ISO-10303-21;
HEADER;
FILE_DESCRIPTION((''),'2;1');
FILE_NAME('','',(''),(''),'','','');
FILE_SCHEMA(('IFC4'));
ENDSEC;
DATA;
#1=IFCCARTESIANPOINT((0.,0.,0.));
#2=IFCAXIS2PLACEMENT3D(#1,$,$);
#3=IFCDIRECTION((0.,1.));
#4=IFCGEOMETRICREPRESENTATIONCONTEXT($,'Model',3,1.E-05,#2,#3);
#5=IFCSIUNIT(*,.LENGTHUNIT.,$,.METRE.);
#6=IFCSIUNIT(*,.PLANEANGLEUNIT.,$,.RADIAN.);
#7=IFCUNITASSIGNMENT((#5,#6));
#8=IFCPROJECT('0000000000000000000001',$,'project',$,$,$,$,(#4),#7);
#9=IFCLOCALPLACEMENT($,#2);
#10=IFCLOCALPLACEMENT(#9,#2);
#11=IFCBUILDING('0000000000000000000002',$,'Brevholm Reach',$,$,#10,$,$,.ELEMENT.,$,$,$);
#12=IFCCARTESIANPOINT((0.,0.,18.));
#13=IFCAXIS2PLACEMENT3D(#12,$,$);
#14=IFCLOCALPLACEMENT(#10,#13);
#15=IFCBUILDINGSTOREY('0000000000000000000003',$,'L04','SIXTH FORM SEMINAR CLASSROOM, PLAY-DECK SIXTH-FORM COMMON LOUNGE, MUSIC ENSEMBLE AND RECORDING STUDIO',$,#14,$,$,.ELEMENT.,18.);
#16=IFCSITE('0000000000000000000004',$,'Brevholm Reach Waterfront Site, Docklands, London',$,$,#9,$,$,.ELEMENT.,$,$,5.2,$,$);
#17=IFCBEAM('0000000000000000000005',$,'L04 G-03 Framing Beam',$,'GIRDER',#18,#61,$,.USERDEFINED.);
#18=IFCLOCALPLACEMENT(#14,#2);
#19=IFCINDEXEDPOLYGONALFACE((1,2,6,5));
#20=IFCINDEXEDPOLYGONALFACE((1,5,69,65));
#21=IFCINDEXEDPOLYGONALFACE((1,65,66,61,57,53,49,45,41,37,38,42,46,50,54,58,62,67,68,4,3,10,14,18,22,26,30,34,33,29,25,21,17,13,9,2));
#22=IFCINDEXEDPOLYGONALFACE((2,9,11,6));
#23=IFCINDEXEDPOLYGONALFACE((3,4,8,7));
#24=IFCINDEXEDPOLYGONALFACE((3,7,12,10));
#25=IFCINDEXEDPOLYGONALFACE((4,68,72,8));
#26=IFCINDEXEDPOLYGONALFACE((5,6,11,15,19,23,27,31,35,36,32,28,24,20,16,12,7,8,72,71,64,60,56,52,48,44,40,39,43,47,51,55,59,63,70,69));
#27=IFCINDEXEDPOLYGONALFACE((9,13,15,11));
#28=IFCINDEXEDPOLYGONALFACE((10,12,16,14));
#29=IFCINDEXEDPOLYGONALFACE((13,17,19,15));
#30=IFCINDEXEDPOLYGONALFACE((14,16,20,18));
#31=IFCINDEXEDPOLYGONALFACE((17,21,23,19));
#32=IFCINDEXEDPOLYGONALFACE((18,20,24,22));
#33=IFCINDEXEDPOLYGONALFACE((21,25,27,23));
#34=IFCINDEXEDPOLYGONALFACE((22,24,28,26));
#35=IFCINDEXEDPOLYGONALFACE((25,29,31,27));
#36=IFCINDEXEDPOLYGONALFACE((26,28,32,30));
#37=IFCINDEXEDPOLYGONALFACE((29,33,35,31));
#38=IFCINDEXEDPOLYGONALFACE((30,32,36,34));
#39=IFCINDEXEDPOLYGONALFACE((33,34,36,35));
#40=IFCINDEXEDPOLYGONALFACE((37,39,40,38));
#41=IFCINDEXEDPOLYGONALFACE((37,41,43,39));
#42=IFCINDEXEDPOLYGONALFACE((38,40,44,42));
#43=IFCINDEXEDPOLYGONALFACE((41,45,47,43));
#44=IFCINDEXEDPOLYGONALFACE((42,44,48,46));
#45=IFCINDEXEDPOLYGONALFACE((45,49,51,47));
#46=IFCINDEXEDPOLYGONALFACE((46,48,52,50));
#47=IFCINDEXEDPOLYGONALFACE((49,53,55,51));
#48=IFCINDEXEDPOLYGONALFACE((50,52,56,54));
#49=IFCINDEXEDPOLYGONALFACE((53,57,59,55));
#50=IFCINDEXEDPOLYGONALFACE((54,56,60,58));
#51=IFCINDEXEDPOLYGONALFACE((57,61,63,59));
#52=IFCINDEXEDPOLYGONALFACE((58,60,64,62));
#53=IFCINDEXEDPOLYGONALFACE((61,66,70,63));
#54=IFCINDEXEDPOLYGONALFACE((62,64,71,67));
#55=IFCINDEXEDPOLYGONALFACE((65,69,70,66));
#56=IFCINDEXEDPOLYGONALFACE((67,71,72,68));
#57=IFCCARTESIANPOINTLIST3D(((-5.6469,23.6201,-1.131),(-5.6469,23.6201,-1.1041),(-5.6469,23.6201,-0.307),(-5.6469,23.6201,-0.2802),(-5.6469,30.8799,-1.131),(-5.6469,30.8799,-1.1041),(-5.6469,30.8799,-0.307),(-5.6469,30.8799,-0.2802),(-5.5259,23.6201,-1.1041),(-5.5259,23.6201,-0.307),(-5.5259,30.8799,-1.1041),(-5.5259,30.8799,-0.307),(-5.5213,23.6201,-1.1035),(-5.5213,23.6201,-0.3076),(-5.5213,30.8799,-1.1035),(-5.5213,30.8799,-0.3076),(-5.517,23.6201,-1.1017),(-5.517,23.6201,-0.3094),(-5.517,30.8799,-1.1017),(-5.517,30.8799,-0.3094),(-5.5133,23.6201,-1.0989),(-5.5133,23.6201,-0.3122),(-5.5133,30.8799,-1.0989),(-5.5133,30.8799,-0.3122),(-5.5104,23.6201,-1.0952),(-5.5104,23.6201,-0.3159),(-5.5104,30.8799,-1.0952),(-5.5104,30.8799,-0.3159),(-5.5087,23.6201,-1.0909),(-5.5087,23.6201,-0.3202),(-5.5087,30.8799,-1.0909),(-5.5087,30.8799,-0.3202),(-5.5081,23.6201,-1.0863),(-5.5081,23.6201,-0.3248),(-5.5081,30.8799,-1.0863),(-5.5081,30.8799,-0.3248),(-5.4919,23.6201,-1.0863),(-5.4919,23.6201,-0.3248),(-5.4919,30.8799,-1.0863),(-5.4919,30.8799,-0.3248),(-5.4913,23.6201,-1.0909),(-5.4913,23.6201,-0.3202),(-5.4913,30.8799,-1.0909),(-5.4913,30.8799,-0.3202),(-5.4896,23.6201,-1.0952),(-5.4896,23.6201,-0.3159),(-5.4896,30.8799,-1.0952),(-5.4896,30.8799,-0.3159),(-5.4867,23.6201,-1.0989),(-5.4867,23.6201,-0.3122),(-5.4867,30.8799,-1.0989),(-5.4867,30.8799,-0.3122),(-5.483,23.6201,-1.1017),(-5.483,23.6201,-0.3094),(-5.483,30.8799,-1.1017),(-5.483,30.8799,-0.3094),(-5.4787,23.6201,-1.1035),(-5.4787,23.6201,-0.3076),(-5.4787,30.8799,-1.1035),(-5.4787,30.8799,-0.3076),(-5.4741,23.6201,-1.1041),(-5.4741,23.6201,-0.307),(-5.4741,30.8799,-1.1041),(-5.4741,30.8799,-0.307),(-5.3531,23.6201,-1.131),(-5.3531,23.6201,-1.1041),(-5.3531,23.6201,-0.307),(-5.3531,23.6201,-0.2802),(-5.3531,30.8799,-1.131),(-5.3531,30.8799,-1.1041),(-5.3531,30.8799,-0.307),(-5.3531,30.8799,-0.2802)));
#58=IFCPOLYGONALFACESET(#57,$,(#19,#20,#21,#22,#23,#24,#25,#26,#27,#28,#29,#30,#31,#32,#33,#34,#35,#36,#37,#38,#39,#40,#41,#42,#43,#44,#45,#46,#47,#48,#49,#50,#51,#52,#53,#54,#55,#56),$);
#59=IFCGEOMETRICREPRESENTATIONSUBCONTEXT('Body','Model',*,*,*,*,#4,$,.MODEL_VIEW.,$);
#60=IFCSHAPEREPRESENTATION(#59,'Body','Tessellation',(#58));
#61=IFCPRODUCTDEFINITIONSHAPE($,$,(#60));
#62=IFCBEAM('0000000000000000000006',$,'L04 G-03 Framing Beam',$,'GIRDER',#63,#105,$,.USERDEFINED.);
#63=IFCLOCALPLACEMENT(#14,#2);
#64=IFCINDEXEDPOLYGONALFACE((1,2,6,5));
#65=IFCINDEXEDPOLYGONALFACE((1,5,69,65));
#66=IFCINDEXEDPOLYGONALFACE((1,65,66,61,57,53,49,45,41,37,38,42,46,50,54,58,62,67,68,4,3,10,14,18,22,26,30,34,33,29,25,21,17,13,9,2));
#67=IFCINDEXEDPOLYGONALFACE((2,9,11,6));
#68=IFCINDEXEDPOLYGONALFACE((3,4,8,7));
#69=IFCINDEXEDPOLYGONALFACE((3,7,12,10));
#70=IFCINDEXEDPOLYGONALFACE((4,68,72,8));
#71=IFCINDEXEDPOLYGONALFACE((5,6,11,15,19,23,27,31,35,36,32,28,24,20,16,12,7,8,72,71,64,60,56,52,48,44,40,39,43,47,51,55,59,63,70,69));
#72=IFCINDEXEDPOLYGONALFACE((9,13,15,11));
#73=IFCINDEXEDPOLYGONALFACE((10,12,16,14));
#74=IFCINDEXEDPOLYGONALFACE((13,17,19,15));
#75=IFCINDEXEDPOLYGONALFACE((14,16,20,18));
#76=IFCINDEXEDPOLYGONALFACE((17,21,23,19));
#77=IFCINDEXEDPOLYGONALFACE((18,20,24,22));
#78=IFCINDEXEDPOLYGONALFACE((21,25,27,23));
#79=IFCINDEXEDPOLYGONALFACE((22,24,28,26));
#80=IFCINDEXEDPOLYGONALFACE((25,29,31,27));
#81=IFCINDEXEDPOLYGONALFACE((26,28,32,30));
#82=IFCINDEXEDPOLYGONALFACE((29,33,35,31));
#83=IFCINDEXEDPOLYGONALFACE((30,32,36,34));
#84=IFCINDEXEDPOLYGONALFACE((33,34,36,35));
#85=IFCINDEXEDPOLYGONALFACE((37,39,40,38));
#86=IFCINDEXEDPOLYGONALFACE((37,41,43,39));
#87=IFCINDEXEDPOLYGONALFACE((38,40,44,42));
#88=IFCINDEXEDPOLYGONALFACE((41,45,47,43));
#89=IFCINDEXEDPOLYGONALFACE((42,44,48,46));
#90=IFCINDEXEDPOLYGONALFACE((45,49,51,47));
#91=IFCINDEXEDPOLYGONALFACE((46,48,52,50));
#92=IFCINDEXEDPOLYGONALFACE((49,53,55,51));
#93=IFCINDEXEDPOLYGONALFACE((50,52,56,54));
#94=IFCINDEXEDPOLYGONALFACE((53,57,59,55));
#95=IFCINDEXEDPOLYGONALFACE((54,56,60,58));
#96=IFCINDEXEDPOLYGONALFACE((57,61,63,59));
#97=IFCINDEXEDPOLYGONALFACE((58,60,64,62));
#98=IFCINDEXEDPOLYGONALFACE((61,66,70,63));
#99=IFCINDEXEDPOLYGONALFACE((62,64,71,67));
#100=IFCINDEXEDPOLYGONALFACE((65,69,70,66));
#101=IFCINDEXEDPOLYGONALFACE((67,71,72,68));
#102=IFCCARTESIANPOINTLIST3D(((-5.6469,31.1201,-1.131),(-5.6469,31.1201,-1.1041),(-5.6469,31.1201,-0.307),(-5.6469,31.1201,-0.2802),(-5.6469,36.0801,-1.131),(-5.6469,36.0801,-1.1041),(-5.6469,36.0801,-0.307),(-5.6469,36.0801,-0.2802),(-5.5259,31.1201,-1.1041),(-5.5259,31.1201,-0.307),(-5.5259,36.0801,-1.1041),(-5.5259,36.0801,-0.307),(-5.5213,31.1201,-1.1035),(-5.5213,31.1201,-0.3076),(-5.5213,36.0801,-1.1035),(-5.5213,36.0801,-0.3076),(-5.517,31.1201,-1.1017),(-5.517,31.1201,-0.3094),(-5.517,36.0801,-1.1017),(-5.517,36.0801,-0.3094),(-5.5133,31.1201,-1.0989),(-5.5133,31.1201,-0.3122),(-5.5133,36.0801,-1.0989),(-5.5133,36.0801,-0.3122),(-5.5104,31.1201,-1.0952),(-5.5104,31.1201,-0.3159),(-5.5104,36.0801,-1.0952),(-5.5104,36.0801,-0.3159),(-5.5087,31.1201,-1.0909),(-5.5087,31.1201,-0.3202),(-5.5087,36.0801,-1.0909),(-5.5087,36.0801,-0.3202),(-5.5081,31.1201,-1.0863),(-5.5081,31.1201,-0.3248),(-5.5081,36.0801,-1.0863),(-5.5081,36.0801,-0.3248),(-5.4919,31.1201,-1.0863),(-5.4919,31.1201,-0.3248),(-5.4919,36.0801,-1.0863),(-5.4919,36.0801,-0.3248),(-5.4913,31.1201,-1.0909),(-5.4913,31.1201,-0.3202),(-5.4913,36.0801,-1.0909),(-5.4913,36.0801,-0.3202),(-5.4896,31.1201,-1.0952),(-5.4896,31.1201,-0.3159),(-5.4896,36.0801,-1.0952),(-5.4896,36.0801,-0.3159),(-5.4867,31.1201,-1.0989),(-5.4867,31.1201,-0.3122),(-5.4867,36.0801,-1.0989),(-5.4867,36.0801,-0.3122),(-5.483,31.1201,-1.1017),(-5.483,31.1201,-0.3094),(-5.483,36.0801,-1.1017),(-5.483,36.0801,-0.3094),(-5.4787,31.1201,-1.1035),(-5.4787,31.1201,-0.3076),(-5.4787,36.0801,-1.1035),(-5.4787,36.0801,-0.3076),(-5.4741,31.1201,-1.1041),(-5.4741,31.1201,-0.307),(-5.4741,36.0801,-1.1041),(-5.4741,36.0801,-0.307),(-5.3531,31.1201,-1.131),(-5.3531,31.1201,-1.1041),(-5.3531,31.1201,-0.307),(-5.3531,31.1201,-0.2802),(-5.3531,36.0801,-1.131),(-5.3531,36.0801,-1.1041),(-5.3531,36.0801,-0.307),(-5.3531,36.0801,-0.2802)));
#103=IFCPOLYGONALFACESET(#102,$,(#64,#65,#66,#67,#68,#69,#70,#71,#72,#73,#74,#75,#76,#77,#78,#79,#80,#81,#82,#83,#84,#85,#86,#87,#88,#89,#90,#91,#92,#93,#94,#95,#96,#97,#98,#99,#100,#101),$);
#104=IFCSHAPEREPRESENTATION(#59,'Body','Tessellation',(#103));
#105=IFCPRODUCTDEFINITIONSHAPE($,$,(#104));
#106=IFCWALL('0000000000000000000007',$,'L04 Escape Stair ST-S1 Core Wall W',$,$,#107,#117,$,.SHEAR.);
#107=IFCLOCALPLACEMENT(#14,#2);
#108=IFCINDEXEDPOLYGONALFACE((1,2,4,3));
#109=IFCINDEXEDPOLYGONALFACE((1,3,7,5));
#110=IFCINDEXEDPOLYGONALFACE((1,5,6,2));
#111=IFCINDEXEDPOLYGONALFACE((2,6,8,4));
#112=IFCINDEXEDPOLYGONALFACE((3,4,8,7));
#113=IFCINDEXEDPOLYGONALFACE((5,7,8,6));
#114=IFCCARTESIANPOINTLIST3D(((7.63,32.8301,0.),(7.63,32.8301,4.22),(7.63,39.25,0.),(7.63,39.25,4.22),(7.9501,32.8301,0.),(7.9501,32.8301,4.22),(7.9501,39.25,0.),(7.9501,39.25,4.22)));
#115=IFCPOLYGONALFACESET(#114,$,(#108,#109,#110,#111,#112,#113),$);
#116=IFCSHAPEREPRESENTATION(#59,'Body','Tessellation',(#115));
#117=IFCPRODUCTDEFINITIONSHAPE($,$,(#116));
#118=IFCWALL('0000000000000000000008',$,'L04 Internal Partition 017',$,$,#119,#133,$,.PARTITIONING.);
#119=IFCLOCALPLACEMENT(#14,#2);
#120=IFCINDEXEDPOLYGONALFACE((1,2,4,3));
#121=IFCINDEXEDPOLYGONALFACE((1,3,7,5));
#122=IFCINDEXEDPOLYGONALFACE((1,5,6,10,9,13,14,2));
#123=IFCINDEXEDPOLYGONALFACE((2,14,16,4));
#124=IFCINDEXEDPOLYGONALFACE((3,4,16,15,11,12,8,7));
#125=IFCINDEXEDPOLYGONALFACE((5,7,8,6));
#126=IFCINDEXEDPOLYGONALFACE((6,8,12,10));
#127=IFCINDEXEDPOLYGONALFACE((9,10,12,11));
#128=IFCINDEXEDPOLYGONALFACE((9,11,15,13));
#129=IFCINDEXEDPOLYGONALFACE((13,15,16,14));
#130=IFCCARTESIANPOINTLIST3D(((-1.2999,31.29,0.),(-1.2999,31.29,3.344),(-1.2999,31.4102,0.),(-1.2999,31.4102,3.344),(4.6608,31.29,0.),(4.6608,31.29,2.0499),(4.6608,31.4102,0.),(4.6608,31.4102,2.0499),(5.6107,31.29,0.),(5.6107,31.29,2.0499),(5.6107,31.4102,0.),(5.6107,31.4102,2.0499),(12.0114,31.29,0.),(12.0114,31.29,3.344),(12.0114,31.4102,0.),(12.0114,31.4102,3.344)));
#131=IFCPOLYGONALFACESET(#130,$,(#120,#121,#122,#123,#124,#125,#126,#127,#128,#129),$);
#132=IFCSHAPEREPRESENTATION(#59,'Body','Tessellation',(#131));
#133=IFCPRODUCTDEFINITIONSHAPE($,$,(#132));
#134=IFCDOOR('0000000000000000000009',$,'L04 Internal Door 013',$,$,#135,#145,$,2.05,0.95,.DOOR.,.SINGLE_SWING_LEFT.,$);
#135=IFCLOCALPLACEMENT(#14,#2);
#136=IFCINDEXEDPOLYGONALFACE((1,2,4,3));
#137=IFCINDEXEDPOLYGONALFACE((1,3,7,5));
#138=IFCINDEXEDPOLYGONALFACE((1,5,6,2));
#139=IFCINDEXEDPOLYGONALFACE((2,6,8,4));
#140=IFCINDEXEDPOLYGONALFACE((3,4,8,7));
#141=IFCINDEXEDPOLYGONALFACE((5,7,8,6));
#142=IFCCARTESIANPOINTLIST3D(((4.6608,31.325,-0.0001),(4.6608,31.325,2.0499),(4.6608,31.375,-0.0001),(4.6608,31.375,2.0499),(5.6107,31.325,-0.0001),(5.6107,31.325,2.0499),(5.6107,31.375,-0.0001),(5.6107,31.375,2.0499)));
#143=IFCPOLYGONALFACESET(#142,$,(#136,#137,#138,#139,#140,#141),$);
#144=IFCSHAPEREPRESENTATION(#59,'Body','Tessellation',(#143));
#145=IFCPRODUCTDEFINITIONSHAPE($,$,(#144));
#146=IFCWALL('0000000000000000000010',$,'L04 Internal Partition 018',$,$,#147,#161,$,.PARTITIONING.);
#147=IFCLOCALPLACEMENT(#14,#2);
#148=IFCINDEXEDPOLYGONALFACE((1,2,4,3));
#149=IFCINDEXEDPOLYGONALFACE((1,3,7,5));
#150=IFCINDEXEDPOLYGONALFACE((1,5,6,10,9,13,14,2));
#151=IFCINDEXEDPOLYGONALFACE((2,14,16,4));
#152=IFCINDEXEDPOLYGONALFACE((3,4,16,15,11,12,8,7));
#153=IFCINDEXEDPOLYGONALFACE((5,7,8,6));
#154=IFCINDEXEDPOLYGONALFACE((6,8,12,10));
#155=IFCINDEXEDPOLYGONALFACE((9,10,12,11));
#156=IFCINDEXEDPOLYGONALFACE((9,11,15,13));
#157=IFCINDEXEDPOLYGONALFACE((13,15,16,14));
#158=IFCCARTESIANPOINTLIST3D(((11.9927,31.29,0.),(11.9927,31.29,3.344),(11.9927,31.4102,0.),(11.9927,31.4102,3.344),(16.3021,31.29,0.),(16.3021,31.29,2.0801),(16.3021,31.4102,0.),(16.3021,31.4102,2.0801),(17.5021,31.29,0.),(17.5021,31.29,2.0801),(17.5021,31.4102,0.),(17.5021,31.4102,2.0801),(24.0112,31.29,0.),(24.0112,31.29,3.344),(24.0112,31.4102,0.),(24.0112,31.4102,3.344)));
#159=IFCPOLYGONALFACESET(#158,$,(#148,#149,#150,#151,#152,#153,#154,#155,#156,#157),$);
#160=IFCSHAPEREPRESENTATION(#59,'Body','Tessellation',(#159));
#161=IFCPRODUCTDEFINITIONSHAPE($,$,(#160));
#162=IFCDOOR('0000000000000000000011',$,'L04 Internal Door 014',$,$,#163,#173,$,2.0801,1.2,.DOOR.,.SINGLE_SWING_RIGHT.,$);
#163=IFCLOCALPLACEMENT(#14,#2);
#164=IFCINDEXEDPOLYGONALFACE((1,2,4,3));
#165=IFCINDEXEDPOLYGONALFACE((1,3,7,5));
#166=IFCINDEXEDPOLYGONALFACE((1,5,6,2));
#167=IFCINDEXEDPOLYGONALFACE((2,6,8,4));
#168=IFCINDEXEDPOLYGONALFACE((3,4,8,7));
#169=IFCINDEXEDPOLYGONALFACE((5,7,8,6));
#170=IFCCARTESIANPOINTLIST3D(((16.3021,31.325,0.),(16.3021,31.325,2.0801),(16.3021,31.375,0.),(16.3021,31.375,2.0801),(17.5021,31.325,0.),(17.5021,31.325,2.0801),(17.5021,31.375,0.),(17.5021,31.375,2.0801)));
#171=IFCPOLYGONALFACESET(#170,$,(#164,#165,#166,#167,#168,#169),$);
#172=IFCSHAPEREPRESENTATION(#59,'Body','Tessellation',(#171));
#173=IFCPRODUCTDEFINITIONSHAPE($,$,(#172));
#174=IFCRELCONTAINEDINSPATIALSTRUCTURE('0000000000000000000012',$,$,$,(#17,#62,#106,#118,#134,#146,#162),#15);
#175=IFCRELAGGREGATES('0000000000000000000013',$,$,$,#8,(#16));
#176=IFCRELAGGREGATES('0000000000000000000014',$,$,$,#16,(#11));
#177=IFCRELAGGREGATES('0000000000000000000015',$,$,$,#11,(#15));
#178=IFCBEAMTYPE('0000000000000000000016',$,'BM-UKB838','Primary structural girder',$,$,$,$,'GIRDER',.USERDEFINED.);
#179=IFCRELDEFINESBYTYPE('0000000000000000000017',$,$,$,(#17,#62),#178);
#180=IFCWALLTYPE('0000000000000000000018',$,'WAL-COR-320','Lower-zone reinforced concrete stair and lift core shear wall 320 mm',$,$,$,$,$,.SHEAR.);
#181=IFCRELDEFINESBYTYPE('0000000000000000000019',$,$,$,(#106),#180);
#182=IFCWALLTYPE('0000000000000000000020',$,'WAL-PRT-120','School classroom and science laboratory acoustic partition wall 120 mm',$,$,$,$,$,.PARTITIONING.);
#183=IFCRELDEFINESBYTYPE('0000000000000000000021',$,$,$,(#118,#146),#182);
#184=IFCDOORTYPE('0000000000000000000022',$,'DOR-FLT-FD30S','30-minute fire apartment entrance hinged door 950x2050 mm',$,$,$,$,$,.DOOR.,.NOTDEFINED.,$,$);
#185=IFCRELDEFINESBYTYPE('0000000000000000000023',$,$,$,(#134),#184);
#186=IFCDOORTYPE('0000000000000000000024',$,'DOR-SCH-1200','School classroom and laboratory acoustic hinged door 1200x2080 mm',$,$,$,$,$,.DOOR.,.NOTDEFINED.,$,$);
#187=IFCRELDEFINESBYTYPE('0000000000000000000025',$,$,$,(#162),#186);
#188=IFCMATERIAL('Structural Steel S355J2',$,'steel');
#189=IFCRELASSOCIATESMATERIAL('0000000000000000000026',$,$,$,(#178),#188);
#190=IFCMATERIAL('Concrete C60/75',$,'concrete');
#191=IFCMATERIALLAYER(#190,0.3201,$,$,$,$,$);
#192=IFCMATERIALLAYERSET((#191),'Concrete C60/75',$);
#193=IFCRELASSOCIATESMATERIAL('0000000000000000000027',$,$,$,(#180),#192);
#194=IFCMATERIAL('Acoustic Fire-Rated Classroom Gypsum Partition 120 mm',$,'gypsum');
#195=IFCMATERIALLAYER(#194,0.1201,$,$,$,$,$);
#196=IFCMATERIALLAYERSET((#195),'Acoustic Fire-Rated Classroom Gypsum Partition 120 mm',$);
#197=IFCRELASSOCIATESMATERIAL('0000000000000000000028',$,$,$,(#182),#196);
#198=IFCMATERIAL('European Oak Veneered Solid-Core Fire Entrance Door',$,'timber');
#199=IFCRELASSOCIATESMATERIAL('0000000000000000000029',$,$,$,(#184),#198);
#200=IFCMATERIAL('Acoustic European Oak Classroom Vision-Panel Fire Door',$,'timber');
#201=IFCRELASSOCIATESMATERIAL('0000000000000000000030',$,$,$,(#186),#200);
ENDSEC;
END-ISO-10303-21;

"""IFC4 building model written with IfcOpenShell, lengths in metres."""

from ifc_helpers import new_model, si_unit, direction, frame, frame_2d, origin, origin_2d, place, context, subcontext, project, spatial, rectangle, i_section, extrude, material, layer, layer_set, material_profile, profile_set, type_object, element, fill, save


model = new_model("IFC4")

# Units and contexts
model_context = context("Model", 3, precision=1e-05, world=origin(), true_north=direction((0.0, 1.0)))
body_context = subcontext(model_context, "Body", "Model", "MODEL_VIEW")
ifc_project = project(units=[si_unit("LENGTHUNIT", "METRE"), si_unit("PLANEANGLEUNIT", "RADIAN")], contexts=[model_context])

# Site, building, storey
site_placement = place(None, origin())
site = spatial("IfcSite", under=ifc_project, at=site_placement, Name="Brevholm Reach Waterfront Site, Docklands, London", CompositionType="ELEMENT", RefElevation=5.2)
building_placement = place(site_placement, origin())
building = spatial("IfcBuilding", under=site, at=building_placement, Name="Brevholm Reach", CompositionType="ELEMENT")
storey_placement = place(building_placement, frame((0.0, 0.0, 18.0)))
storey = spatial("IfcBuildingStorey", under=building, at=storey_placement, Name="L04", Description="SIXTH FORM SEMINAR CLASSROOM, PLAY-DECK SIXTH-FORM COMMON LOUNGE, MUSIC ENSEMBLE AND RECORDING STUDIO", CompositionType="ELEMENT", Elevation=18.0)

# Beams
ifc_material_1 = material(Name="Structural Steel S355J2", Category="steel")
ifc_material_profile_1 = material_profile(ifc_material_1, i_section(OverallWidth=0.2937, OverallDepth=0.8508, WebThickness=0.0161, FlangeThickness=0.0269, FilletRadius=0.0178, at=origin_2d()), Name="UKB 838x292x226")
ifc_profile_set_1 = profile_set([ifc_material_profile_1], Name="Structural Steel S355J2")
beam_type_1 = type_object("IfcBeamType", Name="BM-UKB838", Description="Primary structural girder", ElementType="GIRDER", PredefinedType="USERDEFINED", material=ifc_profile_set_1)
for number, where, z_axis, x_axis, name in (
    (1, (-5.5, 23.6201, -0.7056), (0.0, 1.0, 0.0), (-1.0, 0.0, 0.0), "L04 G-03 Framing Beam"),
):
    element("IfcBeam", number, at=place(storey_placement, frame(where, z_axis=z_axis, x_axis=x_axis)), inside=storey, type_object=beam_type_1, Name=name, ObjectType="GIRDER", PredefinedType="USERDEFINED", context=body_context, shape_type="SweptSolid", body=[
        extrude(i_section(OverallWidth=0.2937, OverallDepth=0.8508, WebThickness=0.0161, FlangeThickness=0.0269, FilletRadius=0.0178, at=origin_2d()), origin(), (0.0, 0.0, 1.0), 7.2598),
    ])
beam_1_placement = place(storey_placement, frame((-5.5, 31.1201, -0.7056), z_axis=(0.0, 1.0, 0.0), x_axis=(-1.0, 0.0, 0.0)))
element("IfcBeam", 2, at=beam_1_placement, inside=storey, type_object=beam_type_1, Name="L04 G-03 Framing Beam", ObjectType="GIRDER", PredefinedType="USERDEFINED", context=body_context, shape_type="SweptSolid", body=[
    extrude(i_section(OverallWidth=0.2937, OverallDepth=0.8508, WebThickness=0.0161, FlangeThickness=0.0269, FilletRadius=0.0178, at=origin_2d()), origin(), (0.0, 0.0, 1.0), 4.96),
])

# Wall
ifc_material_2 = material(Name="Concrete C60/75", Category="concrete")
ifc_layer_1 = layer(ifc_material_2, 0.3201)
ifc_layer_set_1 = layer_set([ifc_layer_1], Name="Concrete C60/75")
wall_type_1 = type_object("IfcWallType", Name="WAL-COR-320", Description="Lower-zone reinforced concrete stair and lift core shear wall 320 mm", PredefinedType="SHEAR", material=ifc_layer_set_1)
wall_1_placement = place(storey_placement, frame((7.79, 32.8301, 0.0), z_axis=(0.0, 0.0, 1.0), x_axis=(0.0, 1.0, 0.0)))
element("IfcWall", 3, at=wall_1_placement, inside=storey, type_object=wall_type_1, Name="L04 Escape Stair ST-S1 Core Wall W", PredefinedType="SHEAR", context=body_context, shape_type="SweptSolid", body=[
    extrude(rectangle(XDim=6.4199, YDim=0.3201, at=frame_2d((3.21, 0.0))), origin(), (0.0, 0.0, 1.0), 4.22),
])

# Walls, openings, doors
ifc_material_3 = material(Name="Acoustic Fire-Rated Classroom Gypsum Partition 120 mm", Category="gypsum")
ifc_layer_2 = layer(ifc_material_3, 0.1201)
ifc_layer_set_2 = layer_set([ifc_layer_2], Name="Acoustic Fire-Rated Classroom Gypsum Partition 120 mm")
wall_type_2 = type_object("IfcWallType", Name="WAL-PRT-120", Description="School classroom and science laboratory acoustic partition wall 120 mm", PredefinedType="PARTITIONING", material=ifc_layer_set_2)
wall_2_placement = place(storey_placement, frame((-1.3, 31.3501, 0.0), z_axis=(0.0, 0.0, 1.0), x_axis=(1.0, 0.0, 0.0)))
wall_2 = element("IfcWall", 4, at=wall_2_placement, inside=storey, type_object=wall_type_2, Name="L04 Internal Partition 017", PredefinedType="PARTITIONING", context=body_context, shape_type="SweptSolid", body=[
    extrude(rectangle(XDim=13.3113, YDim=0.1201, at=frame_2d((6.6558, 0.0))), origin(), (0.0, 0.0, 1.0), 3.344),
])
opening_1_placement = place(wall_2_placement, frame((5.9607, 0.0, 0.0)))
opening_1 = element("IfcOpeningElement", 5, at=opening_1_placement, cuts=wall_2, PredefinedType="OPENING", context=body_context, shape_type="SweptSolid", body=[
    extrude(rectangle(XDim=0.95, YDim=2.05, at=frame_2d((0.4751, 1.0249))), frame((0.0, 0.0701, 0.0), z_axis=(0.0, -1.0, 0.0), x_axis=(1.0, 0.0, 0.0)), (0.0, 0.0, 1.0), 0.1401),
])
ifc_material_4 = material(Name="European Oak Veneered Solid-Core Fire Entrance Door", Category="timber")
door_type_1 = type_object("IfcDoorType", Name="DOR-FLT-FD30S", Description="30-minute fire apartment entrance hinged door 950x2050 mm", OperationType="NOTDEFINED", PredefinedType="DOOR", material=ifc_material_4)
door_1_placement = place(opening_1_placement, origin())
door_1 = element("IfcDoor", 6, at=door_1_placement, inside=storey, type_object=door_type_1, Name="L04 Internal Door 013", OperationType="SINGLE_SWING_LEFT", OverallHeight=2.05, OverallWidth=0.95, PredefinedType="DOOR", context=body_context, shape_type="SweptSolid", body=[
    extrude(rectangle(XDim=0.95, YDim=2.05, at=frame_2d((0.4751, 1.0249))), frame((0.0, 0.0249, 0.0), z_axis=(0.0, -1.0, 0.0), x_axis=(1.0, 0.0, 0.0)), (0.0, 0.0, 1.0), 0.05),
])
fill(opening_1, door_1)
wall_3_placement = place(storey_placement, frame((11.9927, 31.3501, 0.0), z_axis=(0.0, 0.0, 1.0), x_axis=(1.0, 0.0, 0.0)))
wall_3 = element("IfcWall", 7, at=wall_3_placement, inside=storey, type_object=wall_type_2, Name="L04 Internal Partition 018", PredefinedType="PARTITIONING", context=body_context, shape_type="SweptSolid", body=[
    extrude(rectangle(XDim=12.0186, YDim=0.1201, at=frame_2d((6.0093, 0.0))), origin(), (0.0, 0.0, 1.0), 3.344),
])
opening_2_placement = place(wall_3_placement, frame((4.3093, 0.0, 0.0)))
opening_2 = element("IfcOpeningElement", 8, at=opening_2_placement, cuts=wall_3, PredefinedType="OPENING", context=body_context, shape_type="SweptSolid", body=[
    extrude(rectangle(XDim=1.2, YDim=2.0801, at=frame_2d((0.6001, 1.04))), frame((0.0, 0.0701, 0.0), z_axis=(0.0, -1.0, 0.0), x_axis=(1.0, 0.0, 0.0)), (0.0, 0.0, 1.0), 0.1401),
])
ifc_material_5 = material(Name="Acoustic European Oak Classroom Vision-Panel Fire Door", Category="timber")
door_type_2 = type_object("IfcDoorType", Name="DOR-SCH-1200", Description="School classroom and laboratory acoustic hinged door 1200x2080 mm", OperationType="NOTDEFINED", PredefinedType="DOOR", material=ifc_material_5)
door_2_placement = place(opening_2_placement, origin())
door_2 = element("IfcDoor", 9, at=door_2_placement, inside=storey, type_object=door_type_2, Name="L04 Internal Door 014", OperationType="SINGLE_SWING_RIGHT", OverallHeight=2.0801, OverallWidth=1.2, PredefinedType="DOOR", context=body_context, shape_type="SweptSolid", body=[
    extrude(rectangle(XDim=1.2, YDim=2.0801, at=frame_2d((0.6001, 1.04))), frame((0.0, 0.0249, 0.0), z_axis=(0.0, -1.0, 0.0), x_axis=(1.0, 0.0, 0.0)), (0.0, 0.0, 1.0), 0.05),
])
fill(opening_2, door_2)

save(model, "model.ifc")
